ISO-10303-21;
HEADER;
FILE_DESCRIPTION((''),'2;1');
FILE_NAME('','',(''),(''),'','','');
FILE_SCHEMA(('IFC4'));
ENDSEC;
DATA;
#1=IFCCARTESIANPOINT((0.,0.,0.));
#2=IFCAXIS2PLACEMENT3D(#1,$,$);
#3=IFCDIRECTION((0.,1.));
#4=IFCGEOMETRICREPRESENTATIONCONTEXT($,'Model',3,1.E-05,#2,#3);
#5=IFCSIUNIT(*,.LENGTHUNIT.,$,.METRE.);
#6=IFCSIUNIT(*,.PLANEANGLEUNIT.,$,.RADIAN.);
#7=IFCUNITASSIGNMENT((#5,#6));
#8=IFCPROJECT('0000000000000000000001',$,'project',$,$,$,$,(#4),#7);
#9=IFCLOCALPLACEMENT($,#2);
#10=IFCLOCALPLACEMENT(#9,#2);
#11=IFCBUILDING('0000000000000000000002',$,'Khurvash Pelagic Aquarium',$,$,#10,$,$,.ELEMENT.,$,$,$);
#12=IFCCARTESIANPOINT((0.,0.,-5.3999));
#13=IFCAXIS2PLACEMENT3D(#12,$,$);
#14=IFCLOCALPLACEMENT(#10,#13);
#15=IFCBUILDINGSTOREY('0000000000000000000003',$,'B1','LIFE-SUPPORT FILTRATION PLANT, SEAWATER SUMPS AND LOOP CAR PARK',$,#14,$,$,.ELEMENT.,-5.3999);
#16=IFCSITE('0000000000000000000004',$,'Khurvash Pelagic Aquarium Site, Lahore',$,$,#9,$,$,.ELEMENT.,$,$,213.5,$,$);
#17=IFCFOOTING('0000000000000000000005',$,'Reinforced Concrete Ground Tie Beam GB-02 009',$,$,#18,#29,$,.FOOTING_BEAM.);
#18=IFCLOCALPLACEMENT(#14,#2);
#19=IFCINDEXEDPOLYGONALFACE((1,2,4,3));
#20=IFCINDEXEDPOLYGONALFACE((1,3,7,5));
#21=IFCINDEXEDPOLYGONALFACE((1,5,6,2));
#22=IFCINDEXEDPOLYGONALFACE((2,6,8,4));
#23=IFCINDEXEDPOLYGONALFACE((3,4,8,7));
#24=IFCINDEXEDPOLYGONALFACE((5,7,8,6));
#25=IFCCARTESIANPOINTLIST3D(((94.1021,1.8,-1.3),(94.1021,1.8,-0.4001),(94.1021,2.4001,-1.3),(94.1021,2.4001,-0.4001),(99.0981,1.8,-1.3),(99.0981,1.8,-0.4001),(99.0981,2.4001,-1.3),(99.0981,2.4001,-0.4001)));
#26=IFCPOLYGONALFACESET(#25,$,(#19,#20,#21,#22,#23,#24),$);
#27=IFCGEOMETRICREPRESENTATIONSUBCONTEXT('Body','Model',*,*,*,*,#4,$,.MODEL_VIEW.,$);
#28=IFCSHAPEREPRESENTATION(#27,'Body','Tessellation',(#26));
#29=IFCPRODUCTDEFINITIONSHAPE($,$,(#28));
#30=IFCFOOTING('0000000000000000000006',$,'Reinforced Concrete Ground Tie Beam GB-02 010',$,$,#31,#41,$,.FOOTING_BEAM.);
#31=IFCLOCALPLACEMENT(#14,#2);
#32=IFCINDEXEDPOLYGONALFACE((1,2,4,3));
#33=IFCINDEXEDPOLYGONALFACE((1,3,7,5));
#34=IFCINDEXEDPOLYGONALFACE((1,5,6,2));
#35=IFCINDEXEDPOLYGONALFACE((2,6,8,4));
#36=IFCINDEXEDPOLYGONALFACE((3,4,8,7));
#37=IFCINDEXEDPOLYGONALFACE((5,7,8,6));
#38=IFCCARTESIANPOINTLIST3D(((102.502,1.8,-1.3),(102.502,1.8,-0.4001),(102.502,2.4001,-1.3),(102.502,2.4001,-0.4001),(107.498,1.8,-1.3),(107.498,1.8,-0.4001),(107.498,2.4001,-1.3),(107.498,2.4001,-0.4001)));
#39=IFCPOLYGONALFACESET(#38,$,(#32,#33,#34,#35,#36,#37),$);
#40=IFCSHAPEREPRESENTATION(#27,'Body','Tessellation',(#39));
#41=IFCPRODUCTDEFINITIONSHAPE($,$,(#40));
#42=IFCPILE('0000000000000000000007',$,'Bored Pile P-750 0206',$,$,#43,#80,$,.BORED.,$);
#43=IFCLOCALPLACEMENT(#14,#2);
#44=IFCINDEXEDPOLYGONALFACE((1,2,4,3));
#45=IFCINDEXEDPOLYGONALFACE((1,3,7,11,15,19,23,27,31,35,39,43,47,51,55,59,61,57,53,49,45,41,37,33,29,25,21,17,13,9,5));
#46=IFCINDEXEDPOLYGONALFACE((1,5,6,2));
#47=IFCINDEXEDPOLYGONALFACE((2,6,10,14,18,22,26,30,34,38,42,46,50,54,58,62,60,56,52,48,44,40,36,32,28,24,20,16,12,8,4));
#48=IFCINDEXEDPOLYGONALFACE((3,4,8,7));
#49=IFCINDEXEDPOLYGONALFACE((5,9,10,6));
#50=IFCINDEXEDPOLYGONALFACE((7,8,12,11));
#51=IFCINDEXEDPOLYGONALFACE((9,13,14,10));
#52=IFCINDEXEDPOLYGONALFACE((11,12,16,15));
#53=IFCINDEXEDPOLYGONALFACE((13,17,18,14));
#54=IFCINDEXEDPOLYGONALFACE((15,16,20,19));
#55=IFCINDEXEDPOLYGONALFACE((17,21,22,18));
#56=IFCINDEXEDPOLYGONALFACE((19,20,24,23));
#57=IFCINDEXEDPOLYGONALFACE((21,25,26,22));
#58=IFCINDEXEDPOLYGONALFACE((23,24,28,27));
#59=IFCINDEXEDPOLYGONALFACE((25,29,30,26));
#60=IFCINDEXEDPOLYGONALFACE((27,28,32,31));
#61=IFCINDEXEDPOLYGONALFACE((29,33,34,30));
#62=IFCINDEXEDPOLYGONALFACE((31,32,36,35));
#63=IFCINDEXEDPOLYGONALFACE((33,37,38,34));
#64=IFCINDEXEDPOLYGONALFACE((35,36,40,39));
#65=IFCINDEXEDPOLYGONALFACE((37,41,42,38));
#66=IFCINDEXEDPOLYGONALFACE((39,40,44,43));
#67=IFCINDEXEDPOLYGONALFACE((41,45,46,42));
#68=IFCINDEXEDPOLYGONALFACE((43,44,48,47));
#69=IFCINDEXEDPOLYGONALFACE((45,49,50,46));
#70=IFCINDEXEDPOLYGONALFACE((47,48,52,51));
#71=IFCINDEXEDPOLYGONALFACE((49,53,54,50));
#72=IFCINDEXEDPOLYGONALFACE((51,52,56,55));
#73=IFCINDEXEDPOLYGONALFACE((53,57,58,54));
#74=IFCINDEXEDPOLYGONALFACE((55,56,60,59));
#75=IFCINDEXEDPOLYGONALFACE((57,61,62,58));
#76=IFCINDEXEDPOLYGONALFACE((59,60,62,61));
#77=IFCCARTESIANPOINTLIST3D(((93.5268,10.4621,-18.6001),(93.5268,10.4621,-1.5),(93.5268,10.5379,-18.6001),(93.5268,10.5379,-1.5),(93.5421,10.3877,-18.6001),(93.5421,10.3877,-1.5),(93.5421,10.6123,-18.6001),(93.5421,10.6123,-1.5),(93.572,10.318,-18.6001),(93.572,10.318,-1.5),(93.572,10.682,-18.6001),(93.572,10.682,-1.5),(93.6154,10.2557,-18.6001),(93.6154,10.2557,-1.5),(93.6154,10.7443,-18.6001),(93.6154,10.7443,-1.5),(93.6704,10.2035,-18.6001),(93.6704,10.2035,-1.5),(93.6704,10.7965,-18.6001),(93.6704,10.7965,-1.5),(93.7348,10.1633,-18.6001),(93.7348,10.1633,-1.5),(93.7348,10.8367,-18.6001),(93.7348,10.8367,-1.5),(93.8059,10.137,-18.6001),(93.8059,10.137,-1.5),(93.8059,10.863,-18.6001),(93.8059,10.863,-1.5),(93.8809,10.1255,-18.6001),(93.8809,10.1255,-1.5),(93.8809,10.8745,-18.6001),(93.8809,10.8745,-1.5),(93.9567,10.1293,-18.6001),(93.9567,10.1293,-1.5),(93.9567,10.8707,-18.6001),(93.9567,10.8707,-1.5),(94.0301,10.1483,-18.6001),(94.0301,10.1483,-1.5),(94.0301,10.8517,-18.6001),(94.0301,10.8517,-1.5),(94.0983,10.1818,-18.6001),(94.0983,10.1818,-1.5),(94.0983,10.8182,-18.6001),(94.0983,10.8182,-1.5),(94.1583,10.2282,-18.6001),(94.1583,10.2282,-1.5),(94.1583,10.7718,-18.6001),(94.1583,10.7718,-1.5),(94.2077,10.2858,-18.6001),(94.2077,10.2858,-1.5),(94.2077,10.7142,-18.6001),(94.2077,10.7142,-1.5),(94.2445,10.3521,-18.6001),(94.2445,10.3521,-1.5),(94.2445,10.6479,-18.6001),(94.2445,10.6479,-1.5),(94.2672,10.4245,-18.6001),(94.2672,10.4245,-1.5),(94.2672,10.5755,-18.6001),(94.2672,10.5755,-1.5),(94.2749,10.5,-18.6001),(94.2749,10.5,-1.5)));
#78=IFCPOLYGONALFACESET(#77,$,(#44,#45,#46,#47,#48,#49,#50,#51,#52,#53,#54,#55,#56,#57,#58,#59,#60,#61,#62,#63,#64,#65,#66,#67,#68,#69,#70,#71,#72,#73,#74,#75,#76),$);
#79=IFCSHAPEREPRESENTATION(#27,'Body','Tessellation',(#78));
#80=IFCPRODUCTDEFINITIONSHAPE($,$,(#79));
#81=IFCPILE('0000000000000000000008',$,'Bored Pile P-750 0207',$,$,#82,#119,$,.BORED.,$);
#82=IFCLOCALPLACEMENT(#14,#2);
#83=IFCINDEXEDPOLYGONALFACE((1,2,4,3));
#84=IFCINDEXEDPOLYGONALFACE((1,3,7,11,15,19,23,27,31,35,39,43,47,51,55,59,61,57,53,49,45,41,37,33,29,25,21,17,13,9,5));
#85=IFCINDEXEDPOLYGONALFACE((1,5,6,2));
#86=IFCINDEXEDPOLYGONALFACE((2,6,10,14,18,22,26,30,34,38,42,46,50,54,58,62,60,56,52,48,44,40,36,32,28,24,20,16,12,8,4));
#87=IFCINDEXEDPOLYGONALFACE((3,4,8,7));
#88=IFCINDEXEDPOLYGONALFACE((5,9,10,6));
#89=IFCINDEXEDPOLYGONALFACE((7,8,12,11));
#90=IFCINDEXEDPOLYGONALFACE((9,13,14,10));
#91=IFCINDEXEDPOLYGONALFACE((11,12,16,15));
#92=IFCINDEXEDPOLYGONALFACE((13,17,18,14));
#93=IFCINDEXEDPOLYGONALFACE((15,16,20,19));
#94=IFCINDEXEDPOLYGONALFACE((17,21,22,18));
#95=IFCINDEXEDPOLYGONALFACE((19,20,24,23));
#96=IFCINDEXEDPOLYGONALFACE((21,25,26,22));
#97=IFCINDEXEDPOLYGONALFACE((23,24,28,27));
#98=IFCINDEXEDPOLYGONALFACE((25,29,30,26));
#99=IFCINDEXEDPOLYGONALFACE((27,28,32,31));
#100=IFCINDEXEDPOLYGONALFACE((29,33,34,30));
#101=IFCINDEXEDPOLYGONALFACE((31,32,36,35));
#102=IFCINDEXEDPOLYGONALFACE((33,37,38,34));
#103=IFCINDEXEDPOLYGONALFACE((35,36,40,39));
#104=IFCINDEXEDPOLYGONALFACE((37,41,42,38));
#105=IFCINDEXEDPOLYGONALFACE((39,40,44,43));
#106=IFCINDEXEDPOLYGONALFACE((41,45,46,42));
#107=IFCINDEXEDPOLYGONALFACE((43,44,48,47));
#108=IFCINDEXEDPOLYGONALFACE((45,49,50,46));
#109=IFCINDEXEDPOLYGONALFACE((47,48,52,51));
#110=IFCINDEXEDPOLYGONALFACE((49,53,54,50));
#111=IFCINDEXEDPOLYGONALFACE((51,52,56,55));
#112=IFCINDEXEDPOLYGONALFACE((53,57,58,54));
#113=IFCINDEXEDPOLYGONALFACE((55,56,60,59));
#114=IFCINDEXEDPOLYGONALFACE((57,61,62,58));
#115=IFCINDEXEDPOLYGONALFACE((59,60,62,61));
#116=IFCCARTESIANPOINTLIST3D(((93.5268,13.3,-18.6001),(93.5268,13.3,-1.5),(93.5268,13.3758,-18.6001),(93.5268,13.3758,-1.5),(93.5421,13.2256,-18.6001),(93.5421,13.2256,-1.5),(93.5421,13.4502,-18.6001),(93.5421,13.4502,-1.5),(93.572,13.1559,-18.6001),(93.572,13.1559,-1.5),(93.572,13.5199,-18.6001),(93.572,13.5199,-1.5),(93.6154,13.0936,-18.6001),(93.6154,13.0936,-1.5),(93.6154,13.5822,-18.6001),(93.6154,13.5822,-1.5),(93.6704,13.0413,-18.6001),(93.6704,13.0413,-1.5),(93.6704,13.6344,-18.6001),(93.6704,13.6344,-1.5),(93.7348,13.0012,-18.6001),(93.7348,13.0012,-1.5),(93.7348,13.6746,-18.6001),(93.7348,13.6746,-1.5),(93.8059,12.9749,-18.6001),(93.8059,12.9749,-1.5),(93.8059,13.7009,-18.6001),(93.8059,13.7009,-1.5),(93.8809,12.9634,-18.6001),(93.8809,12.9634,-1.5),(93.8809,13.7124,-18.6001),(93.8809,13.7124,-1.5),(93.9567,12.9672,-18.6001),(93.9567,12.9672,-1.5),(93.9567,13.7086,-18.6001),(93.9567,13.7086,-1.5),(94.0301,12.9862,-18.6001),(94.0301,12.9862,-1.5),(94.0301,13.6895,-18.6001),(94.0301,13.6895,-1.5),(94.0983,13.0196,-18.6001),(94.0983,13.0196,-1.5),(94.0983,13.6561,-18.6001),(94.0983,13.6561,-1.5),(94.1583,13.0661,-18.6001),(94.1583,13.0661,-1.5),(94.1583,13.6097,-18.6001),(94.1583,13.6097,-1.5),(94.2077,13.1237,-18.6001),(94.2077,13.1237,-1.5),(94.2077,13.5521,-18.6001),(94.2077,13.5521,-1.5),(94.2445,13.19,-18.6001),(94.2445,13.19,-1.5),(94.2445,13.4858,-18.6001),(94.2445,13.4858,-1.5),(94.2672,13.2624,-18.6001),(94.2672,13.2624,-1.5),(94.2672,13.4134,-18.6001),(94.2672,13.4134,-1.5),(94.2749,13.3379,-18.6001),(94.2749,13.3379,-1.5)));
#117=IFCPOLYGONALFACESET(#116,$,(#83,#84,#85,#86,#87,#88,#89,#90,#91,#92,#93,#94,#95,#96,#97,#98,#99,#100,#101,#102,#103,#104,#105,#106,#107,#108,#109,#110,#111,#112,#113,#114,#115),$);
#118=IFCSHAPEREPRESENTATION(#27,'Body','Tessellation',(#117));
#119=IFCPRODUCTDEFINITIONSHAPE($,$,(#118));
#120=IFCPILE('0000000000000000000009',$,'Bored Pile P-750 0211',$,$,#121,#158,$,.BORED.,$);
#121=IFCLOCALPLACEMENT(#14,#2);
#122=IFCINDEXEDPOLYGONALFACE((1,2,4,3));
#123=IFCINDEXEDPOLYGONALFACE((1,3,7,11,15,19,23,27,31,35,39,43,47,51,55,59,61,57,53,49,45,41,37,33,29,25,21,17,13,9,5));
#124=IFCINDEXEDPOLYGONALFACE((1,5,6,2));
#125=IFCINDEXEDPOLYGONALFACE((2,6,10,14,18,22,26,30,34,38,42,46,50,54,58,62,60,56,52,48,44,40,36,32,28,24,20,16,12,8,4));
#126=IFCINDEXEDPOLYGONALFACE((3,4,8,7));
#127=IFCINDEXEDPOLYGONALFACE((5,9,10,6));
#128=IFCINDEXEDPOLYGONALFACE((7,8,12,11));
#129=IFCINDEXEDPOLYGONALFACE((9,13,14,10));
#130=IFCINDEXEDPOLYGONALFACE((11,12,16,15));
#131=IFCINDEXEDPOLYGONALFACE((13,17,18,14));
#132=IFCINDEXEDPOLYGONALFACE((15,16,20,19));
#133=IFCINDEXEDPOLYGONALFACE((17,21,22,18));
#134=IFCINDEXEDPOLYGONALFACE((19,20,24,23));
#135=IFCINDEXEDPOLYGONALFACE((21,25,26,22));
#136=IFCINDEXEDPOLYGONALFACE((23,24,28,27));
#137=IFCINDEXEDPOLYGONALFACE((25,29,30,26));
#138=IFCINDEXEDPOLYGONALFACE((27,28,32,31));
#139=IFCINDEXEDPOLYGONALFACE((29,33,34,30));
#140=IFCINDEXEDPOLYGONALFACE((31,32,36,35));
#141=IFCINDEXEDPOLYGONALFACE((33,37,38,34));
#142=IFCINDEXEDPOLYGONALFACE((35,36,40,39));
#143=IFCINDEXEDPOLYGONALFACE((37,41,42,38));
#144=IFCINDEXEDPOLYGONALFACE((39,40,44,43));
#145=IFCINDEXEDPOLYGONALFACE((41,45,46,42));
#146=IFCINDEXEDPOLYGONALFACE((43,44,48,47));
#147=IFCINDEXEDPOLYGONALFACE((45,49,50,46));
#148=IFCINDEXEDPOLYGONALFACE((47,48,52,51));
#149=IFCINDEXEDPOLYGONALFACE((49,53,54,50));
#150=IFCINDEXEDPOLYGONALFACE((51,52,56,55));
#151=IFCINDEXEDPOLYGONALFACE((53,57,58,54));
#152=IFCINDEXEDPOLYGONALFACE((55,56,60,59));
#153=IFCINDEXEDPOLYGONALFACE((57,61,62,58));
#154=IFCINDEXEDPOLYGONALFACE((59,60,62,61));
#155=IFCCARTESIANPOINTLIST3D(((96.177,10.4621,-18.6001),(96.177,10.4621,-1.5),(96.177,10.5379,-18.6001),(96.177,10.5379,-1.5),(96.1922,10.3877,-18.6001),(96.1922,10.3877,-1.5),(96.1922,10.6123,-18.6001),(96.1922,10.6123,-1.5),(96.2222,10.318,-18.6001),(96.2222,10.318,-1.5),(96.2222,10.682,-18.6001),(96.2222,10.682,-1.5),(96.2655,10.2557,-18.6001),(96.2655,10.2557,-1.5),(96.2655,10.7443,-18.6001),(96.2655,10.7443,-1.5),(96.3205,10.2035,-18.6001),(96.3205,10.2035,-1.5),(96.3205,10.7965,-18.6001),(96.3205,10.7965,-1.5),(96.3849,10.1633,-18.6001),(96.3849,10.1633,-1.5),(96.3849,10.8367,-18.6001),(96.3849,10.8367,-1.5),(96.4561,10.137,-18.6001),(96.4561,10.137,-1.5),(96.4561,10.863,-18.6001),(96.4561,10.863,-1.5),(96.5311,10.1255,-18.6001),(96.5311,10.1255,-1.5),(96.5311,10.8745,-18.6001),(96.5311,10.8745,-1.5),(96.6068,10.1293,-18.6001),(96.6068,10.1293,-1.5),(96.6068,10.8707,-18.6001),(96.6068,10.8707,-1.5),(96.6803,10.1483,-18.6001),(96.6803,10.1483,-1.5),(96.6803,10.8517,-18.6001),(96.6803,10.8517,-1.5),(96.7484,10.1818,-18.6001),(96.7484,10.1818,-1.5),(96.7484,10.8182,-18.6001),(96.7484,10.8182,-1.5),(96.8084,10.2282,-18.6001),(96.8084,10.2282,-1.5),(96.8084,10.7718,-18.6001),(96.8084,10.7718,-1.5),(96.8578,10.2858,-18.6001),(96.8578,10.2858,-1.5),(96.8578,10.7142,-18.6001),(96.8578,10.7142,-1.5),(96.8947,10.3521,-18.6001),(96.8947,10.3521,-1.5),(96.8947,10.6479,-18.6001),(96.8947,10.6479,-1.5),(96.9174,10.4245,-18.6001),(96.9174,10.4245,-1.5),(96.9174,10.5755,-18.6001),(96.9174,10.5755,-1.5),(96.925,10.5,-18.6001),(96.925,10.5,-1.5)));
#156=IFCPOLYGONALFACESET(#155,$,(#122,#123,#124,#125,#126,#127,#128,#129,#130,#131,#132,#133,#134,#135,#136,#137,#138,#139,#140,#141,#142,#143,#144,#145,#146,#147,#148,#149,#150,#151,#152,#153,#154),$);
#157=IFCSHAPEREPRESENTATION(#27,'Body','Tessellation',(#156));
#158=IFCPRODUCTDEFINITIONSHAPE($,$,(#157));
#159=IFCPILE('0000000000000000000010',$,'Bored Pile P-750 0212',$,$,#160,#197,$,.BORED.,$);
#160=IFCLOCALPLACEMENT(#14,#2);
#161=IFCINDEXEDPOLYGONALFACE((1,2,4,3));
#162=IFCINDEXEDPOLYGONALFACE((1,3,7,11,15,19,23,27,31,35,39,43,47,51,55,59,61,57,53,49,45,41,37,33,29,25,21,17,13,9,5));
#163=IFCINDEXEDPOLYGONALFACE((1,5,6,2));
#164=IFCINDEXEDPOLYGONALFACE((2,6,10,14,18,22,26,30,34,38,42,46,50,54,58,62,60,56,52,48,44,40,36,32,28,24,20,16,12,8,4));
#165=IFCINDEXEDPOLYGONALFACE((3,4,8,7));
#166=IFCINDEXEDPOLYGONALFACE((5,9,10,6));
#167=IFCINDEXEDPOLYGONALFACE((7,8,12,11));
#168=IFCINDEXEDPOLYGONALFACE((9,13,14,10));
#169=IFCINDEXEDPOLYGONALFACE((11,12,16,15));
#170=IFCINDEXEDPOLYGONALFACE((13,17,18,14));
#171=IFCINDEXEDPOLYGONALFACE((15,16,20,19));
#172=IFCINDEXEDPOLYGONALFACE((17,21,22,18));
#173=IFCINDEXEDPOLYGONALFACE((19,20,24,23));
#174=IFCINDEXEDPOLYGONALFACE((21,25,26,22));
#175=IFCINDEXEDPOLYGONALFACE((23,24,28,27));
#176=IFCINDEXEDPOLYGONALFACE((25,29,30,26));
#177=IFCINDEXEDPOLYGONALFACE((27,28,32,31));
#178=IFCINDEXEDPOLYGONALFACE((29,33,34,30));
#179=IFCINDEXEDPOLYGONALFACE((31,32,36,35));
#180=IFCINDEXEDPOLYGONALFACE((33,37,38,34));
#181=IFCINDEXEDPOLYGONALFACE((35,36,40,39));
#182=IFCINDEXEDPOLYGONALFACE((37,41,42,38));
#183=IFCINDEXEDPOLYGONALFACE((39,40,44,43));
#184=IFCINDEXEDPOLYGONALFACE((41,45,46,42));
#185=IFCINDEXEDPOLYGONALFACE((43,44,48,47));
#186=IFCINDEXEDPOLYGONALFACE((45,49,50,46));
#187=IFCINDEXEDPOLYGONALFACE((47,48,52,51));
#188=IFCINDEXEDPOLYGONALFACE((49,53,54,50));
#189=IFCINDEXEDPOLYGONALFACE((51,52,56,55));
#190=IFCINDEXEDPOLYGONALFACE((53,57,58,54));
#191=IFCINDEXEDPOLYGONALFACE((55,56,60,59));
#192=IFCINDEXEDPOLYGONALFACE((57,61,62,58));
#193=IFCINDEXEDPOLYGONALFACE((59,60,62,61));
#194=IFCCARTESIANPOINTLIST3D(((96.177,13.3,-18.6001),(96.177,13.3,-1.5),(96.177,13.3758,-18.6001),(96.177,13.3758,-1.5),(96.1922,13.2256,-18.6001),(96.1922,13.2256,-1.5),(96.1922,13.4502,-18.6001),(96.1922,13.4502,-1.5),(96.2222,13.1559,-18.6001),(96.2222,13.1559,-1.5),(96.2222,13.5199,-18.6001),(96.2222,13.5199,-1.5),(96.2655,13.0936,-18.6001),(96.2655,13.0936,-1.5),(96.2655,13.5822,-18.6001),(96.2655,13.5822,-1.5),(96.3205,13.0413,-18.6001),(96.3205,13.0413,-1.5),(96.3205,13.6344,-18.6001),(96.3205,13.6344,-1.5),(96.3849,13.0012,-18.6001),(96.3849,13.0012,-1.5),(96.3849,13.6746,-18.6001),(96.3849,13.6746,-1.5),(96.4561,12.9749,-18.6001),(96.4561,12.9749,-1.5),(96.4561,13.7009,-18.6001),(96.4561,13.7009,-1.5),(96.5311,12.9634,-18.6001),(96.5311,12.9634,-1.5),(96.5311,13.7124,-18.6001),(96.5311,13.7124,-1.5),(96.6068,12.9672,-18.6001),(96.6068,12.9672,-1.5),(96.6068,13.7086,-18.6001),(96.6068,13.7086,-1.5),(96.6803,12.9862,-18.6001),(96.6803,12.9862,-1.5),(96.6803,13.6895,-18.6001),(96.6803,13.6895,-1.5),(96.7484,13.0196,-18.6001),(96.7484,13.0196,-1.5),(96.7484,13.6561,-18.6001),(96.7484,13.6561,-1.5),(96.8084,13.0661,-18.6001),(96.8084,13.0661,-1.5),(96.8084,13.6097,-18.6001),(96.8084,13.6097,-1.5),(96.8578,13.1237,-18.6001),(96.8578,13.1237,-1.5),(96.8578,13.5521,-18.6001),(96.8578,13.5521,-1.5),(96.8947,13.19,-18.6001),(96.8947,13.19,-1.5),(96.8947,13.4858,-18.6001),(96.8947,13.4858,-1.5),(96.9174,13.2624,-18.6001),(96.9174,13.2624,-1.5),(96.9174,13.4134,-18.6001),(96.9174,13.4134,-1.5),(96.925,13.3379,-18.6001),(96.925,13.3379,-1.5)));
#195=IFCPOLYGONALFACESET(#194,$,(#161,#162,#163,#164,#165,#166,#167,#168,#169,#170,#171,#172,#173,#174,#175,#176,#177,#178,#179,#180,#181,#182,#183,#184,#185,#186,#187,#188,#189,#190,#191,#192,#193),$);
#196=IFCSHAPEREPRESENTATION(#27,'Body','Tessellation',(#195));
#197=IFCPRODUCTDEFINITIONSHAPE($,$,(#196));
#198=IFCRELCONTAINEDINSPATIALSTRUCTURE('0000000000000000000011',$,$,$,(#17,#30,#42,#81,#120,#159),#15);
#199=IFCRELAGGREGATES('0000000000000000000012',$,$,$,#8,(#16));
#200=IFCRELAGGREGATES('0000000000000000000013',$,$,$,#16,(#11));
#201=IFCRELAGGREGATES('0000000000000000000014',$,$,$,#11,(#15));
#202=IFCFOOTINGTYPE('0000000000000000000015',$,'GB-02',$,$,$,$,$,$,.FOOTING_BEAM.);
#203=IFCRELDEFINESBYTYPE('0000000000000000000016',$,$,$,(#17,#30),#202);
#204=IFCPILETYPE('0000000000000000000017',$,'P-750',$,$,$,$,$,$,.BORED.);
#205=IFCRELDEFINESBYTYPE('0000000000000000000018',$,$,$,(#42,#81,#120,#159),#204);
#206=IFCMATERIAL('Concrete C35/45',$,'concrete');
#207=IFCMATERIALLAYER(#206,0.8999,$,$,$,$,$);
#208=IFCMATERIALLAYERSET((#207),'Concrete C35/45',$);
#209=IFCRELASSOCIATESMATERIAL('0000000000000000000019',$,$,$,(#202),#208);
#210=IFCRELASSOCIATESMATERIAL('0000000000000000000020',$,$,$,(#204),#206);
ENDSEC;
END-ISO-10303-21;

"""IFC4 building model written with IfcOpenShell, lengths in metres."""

from ifc_helpers import new_model, si_unit, direction, frame, origin, origin_2d, place, context, subcontext, project, spatial, rectangle, circle, extrude, material, layer, layer_set, material_profile, profile_set, type_object, element, save


model = new_model("IFC4")

# Units and contexts
model_context = context("Model", 3, precision=1e-05, world=origin(), true_north=direction((0.0, 1.0)))
body_context = subcontext(model_context, "Body", "Model", "MODEL_VIEW")
ifc_project = project(units=[si_unit("LENGTHUNIT", "METRE"), si_unit("PLANEANGLEUNIT", "RADIAN")], contexts=[model_context])

# Site, building, storey
site_placement = place(None, origin())
site = spatial("IfcSite", under=ifc_project, at=site_placement, Name="Khurvash Pelagic Aquarium Site, Lahore", CompositionType="ELEMENT", RefElevation=213.5)
building_placement = place(site_placement, origin())
building = spatial("IfcBuilding", under=site, at=building_placement, Name="Khurvash Pelagic Aquarium", CompositionType="ELEMENT")
storey_placement = place(building_placement, frame((0.0, 0.0, -5.3999)))
storey = spatial("IfcBuildingStorey", under=building, at=storey_placement, Name="B1", Description="LIFE-SUPPORT FILTRATION PLANT, SEAWATER SUMPS AND LOOP CAR PARK", CompositionType="ELEMENT", Elevation=-5.3999)

# Footings
ifc_material_1 = material(Name="Concrete C35/45", Category="concrete")
ifc_layer_1 = layer(ifc_material_1, 0.8999)
ifc_layer_set_1 = layer_set([ifc_layer_1], Name="Concrete C35/45")
footing_type_1 = type_object("IfcFootingType", Name="GB-02", PredefinedType="FOOTING_BEAM", material=ifc_layer_set_1)
for number, where, z_axis, x_axis, name in (
    (1, (96.6001, 2.1001, -1.3), (0.0, 0.0, 1.0), (1.0, 0.0, 0.0), "Reinforced Concrete Ground Tie Beam GB-02 009"),
    (2, (105.0, 2.1001, -1.3), (0.0, 0.0, 1.0), (1.0, 0.0, 0.0), "Reinforced Concrete Ground Tie Beam GB-02 010"),
):
    element("IfcFooting", number, at=place(storey_placement, frame(where, z_axis=z_axis, x_axis=x_axis)), inside=storey, type_object=footing_type_1, Name=name, PredefinedType="FOOTING_BEAM", context=body_context, shape_type="SweptSolid", body=[
        extrude(rectangle(XDim=4.9961, YDim=0.6001, at=origin_2d()), origin(), (0.0, 0.0, 1.0), 0.8999),
    ])

# Piles
ifc_material_profile_1 = material_profile(ifc_material_1, circle(Radius=0.375, at=origin_2d()), Name="PILE750")
ifc_profile_set_1 = profile_set([ifc_material_profile_1], Name="Concrete C35/45")
pile_type = type_object("IfcPileType", Name="P-750", PredefinedType="BORED", material=ifc_profile_set_1)
for number, where, z_axis, x_axis, name in (
    (3, (93.8999, 10.5, -1.5), (0.0, 0.0, -1.0), (1.0, 0.0, 0.0), "Bored Pile P-750 0206"),
    (4, (93.8999, 13.3379, -1.5), (0.0, 0.0, -1.0), (1.0, 0.0, 0.0), "Bored Pile P-750 0207"),
    (5, (96.55, 10.5, -1.5), (0.0, 0.0, -1.0), (1.0, 0.0, 0.0), "Bored Pile P-750 0211"),
    (6, (96.55, 13.3379, -1.5), (0.0, 0.0, -1.0), (1.0, 0.0, 0.0), "Bored Pile P-750 0212"),
):
    element("IfcPile", number, at=place(storey_placement, frame(where, z_axis=z_axis, x_axis=x_axis)), inside=storey, type_object=pile_type, Name=name, PredefinedType="BORED", context=body_context, shape_type="SweptSolid", body=[
        extrude(circle(Radius=0.375, at=origin_2d()), origin(), (0.0, 0.0, 1.0), 17.1001),
    ])

save(model, "model.ifc")
